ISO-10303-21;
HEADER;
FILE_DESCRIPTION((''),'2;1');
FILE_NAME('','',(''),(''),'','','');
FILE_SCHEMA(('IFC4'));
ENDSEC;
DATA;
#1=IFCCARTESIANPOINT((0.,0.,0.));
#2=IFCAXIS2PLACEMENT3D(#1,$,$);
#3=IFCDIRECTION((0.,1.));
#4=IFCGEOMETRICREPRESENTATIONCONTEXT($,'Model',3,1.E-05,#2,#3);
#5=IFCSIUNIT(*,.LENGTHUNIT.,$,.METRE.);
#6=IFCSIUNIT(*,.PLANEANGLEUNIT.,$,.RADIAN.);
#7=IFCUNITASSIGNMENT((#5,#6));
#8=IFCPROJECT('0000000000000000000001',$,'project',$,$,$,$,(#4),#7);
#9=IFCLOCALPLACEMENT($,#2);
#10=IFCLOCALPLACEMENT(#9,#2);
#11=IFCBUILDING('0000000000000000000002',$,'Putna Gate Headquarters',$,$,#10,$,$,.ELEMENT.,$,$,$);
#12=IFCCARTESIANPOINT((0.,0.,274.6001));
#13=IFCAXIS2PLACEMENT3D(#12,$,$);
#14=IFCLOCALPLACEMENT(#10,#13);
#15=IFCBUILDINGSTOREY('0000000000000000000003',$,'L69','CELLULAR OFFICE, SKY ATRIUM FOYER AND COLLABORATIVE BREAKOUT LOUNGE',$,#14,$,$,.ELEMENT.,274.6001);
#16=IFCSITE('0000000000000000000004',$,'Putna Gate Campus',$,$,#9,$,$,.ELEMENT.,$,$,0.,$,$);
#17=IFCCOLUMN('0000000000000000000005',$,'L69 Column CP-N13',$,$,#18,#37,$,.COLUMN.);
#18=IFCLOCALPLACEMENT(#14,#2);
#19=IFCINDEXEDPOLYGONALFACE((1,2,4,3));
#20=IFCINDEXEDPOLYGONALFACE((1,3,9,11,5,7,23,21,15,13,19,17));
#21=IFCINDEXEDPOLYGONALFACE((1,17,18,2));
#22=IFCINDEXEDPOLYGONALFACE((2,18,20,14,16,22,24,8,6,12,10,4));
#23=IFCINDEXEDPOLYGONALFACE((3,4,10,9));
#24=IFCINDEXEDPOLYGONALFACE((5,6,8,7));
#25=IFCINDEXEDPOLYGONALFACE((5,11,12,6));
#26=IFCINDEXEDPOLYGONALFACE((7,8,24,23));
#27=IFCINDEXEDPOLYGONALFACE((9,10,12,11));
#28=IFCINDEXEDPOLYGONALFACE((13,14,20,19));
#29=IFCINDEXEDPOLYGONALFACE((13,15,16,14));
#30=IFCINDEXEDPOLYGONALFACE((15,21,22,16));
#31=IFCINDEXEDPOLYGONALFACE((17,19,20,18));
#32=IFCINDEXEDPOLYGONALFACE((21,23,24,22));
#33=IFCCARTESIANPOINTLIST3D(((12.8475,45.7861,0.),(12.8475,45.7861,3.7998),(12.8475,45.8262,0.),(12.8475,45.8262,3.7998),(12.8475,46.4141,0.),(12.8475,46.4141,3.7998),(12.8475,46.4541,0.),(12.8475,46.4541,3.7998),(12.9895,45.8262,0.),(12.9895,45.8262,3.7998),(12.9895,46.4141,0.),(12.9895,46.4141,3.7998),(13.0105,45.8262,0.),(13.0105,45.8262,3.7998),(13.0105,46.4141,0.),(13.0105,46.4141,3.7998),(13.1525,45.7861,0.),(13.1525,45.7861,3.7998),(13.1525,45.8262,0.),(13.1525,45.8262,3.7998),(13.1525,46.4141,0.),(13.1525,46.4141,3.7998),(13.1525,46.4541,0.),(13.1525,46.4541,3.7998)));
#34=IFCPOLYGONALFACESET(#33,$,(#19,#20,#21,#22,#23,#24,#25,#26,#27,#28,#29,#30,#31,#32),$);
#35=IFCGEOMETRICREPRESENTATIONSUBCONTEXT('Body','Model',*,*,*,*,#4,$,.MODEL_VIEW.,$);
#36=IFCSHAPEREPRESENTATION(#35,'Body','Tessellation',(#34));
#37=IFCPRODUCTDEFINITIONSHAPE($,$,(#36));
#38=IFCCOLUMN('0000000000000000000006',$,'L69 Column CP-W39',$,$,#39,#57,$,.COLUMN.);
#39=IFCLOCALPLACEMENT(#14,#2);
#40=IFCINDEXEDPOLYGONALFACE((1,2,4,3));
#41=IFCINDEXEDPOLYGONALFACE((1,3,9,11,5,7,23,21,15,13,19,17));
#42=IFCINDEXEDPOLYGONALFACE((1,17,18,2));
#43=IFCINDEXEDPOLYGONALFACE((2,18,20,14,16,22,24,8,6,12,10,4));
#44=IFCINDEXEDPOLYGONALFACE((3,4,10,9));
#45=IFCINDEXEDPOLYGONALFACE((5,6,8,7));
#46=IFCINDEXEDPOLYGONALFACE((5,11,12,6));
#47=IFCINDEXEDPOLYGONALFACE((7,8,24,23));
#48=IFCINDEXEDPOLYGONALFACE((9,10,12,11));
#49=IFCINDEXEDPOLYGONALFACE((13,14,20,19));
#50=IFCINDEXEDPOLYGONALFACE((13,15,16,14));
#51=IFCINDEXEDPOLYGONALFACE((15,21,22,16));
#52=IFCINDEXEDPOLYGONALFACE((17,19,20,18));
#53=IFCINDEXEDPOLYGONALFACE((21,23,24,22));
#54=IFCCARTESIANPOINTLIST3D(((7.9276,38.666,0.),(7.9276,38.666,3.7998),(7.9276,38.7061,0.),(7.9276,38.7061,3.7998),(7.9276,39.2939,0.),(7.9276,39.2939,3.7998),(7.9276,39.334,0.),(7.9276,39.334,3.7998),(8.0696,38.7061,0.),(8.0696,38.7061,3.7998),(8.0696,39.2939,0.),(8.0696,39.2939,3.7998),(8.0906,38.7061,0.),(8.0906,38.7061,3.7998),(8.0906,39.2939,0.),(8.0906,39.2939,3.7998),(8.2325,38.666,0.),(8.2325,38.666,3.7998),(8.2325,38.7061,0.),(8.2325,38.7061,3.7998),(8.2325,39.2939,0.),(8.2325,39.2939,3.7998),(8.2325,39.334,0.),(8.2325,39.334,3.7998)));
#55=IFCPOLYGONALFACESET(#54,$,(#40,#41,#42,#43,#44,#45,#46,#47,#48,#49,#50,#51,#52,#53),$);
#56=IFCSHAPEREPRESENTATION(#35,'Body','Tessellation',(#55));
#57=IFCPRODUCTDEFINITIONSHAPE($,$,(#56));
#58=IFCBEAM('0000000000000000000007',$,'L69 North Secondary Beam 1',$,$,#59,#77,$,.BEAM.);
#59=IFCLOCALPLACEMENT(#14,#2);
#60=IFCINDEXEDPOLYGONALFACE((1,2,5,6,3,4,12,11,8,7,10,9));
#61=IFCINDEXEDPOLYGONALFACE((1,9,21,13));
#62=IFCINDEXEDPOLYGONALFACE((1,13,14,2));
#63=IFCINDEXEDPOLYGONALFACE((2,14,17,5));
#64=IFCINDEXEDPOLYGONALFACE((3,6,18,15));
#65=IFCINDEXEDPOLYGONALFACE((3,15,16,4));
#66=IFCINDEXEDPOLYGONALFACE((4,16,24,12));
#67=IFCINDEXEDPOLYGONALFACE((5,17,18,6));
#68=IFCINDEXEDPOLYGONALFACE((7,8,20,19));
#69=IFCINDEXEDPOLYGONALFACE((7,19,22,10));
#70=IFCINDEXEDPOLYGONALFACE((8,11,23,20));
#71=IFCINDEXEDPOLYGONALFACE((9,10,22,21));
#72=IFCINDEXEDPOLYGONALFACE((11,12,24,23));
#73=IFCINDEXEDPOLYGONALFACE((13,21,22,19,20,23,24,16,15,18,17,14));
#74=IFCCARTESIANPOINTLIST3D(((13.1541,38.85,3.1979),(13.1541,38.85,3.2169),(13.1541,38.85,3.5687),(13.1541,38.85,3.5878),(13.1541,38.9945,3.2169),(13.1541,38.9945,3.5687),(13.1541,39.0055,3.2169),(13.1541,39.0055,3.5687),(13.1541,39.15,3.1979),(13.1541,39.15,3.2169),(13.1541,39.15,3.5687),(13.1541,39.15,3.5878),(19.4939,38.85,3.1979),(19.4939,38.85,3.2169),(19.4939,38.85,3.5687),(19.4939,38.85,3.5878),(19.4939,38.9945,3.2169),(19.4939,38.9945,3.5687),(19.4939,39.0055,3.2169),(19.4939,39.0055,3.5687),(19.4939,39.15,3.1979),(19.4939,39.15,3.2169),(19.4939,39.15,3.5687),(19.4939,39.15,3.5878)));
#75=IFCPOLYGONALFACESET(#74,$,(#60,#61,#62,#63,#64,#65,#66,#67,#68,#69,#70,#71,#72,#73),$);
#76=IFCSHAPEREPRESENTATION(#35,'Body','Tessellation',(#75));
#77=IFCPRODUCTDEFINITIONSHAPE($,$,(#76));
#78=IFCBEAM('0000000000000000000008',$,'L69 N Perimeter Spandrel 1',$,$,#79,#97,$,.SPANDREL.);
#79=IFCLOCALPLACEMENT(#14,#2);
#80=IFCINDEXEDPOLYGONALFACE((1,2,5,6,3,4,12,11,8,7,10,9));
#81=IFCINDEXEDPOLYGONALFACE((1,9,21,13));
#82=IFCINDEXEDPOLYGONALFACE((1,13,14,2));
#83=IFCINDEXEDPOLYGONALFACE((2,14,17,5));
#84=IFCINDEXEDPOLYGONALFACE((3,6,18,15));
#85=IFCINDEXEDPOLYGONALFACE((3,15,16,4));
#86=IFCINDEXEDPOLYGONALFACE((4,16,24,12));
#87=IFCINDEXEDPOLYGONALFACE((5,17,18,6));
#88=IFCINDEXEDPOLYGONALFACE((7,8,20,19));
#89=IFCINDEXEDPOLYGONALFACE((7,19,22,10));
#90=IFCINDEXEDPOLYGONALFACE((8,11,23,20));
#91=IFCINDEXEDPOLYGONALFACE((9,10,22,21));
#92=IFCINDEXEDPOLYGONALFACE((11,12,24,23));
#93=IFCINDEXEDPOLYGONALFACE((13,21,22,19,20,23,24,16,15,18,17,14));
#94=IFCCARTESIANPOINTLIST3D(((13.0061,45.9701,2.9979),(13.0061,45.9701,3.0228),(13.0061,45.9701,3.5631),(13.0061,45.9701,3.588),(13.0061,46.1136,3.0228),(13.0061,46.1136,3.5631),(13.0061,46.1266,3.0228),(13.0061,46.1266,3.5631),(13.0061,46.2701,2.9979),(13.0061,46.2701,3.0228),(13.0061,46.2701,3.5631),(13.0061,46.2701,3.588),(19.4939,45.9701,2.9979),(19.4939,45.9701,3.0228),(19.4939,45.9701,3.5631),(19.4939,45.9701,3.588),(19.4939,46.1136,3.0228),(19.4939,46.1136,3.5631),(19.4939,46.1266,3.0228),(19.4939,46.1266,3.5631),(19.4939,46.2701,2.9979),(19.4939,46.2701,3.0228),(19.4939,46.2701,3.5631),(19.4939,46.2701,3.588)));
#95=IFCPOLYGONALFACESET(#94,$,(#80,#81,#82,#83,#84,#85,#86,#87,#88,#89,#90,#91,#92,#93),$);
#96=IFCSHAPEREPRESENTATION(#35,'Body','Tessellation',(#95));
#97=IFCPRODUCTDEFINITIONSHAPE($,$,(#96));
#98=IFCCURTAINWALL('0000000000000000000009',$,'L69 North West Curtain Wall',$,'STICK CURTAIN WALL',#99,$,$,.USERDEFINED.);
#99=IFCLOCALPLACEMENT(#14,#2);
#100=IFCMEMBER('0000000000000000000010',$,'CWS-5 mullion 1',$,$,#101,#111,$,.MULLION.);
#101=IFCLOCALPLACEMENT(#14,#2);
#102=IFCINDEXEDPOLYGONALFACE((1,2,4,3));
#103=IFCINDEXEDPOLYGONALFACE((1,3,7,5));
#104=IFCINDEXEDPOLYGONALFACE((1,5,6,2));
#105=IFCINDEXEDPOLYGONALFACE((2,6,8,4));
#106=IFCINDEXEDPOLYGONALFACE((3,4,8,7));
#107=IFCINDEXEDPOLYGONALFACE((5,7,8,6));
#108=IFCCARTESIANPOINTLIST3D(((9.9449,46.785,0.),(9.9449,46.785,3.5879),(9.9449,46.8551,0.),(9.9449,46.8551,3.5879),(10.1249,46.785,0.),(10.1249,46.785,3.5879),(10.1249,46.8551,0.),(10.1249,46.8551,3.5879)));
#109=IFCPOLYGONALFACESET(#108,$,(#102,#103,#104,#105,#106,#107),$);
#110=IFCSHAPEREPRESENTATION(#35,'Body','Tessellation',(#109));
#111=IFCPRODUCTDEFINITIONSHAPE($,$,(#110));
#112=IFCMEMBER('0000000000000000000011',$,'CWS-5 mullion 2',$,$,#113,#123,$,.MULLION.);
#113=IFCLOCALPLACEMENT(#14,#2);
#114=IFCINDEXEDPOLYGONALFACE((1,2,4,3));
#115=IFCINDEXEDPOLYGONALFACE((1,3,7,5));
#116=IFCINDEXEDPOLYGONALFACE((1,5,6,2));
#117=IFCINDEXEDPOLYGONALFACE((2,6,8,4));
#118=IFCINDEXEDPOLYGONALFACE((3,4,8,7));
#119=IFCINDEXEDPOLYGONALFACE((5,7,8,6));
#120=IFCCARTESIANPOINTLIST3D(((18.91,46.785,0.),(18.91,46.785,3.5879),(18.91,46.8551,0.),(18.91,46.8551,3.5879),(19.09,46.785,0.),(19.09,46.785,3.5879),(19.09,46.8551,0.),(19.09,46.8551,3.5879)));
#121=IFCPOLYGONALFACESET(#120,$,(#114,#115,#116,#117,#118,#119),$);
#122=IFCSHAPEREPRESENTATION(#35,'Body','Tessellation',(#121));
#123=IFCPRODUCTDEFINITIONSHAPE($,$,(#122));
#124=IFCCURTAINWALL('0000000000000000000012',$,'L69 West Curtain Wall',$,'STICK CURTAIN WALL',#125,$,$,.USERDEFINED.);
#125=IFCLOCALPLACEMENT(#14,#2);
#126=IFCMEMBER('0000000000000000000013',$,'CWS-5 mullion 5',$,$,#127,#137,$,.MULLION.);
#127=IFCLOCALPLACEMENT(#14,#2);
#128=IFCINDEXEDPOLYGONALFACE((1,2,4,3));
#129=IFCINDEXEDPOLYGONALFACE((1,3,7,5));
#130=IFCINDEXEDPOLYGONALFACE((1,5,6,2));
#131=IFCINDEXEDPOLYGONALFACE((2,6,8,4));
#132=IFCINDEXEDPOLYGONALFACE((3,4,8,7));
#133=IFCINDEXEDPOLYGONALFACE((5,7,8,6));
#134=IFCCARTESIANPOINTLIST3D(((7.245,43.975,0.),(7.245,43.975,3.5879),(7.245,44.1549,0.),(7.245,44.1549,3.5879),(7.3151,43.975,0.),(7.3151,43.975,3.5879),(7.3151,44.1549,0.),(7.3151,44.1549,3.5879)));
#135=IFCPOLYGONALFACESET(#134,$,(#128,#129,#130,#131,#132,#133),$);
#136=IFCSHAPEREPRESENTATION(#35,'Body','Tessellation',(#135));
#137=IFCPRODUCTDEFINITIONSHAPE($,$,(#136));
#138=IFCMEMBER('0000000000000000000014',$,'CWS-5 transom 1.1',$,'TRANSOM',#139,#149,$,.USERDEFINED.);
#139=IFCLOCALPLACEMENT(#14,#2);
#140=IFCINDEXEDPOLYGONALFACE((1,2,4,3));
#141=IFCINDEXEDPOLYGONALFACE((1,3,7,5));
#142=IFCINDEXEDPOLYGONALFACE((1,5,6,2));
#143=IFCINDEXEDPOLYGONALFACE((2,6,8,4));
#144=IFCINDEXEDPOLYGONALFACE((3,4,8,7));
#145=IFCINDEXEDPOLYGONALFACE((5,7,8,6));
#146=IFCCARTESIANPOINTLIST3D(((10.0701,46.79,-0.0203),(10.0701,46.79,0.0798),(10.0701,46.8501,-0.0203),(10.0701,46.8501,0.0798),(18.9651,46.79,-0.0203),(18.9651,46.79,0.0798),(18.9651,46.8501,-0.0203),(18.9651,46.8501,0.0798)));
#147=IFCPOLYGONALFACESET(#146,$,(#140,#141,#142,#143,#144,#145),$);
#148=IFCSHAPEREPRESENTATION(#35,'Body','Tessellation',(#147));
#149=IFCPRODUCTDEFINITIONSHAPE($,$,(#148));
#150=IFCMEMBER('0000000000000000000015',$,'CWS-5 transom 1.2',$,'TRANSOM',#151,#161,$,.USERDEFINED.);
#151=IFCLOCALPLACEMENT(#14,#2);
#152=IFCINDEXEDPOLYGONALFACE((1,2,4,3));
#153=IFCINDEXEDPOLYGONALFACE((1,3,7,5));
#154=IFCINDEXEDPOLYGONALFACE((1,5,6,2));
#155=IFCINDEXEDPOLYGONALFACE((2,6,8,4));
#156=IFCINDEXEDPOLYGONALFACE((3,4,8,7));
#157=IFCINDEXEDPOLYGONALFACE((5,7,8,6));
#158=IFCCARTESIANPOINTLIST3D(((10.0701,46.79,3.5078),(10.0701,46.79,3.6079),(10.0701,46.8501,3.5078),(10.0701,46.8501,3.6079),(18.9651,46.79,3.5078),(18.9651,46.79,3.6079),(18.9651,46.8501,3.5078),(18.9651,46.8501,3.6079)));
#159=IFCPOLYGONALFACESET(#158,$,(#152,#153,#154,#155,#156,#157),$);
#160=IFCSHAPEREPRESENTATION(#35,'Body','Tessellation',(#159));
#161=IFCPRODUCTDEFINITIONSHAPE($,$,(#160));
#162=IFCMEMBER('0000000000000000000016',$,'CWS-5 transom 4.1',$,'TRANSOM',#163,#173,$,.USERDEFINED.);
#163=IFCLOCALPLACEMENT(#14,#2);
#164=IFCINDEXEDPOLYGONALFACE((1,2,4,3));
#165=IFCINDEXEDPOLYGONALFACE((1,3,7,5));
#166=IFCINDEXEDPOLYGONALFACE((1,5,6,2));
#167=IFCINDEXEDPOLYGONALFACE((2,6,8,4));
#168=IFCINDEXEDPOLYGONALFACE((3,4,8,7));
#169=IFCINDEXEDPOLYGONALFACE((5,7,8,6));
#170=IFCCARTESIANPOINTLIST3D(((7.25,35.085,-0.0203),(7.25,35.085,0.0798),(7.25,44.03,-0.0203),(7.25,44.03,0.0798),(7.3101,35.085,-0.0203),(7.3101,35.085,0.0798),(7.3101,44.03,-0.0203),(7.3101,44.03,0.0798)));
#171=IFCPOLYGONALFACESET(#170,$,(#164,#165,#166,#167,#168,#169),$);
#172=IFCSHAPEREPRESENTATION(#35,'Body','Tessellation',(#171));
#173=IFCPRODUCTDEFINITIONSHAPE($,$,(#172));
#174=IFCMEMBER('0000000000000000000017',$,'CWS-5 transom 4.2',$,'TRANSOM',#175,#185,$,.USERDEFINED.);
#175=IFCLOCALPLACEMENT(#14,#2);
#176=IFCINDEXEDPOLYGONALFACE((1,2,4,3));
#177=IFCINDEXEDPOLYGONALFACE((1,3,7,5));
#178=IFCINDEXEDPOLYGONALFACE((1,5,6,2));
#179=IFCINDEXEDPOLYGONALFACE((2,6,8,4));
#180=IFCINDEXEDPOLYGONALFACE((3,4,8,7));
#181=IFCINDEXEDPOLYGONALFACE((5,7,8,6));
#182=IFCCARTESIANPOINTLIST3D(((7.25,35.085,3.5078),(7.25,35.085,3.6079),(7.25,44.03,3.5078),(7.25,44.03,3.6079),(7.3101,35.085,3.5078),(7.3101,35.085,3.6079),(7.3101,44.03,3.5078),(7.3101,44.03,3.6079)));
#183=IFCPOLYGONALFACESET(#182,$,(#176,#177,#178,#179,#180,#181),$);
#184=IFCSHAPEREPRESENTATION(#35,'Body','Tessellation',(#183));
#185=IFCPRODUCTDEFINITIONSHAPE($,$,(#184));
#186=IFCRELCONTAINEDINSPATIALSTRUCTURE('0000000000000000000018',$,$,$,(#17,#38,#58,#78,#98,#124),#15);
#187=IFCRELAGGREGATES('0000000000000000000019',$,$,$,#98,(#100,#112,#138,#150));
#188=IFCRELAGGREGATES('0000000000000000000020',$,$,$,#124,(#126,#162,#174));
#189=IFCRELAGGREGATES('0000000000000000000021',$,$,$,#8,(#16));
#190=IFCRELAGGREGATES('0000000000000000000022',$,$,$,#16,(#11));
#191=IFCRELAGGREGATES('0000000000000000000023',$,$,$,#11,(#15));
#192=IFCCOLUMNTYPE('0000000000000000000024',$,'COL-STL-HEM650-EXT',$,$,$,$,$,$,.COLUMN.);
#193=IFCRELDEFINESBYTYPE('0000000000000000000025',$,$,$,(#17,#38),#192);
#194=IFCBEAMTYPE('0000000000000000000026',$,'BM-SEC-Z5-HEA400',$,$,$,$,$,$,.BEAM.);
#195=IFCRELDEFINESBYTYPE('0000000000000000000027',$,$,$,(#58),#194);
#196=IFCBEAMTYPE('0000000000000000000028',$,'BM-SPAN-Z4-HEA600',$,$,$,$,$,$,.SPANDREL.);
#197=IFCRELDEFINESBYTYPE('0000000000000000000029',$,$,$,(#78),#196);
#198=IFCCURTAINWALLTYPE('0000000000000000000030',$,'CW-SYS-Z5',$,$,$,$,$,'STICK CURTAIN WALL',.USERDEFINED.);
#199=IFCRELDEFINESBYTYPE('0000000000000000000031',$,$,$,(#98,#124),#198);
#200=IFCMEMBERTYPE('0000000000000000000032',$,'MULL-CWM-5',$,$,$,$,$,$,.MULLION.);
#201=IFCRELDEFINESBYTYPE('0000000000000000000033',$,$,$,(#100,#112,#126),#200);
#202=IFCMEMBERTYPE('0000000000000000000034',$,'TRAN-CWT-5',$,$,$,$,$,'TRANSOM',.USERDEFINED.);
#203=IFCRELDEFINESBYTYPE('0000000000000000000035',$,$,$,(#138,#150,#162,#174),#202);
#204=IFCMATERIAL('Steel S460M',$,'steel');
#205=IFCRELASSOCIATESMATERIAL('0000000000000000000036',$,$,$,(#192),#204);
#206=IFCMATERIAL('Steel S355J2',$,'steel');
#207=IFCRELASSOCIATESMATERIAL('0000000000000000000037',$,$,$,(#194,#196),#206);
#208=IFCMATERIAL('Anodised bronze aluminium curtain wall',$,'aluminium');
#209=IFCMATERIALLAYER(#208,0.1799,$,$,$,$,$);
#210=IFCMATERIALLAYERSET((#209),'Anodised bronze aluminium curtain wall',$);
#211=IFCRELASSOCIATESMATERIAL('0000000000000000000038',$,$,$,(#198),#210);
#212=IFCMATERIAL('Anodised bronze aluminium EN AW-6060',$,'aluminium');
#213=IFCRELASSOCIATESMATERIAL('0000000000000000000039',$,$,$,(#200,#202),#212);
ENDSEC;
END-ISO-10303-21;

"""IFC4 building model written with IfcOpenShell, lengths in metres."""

from ifc_helpers import new_model, si_unit, direction, frame, origin, origin_2d, place, context, subcontext, project, spatial, rectangle, i_section, extrude, material, layer, layer_set, material_profile, profile_set, type_object, element, aggregate, save


model = new_model("IFC4")

# Units and contexts
model_context = context("Model", 3, precision=1e-05, world=origin(), true_north=direction((0.0, 1.0)))
body_context = subcontext(model_context, "Body", "Model", "MODEL_VIEW")
ifc_project = project(units=[si_unit("LENGTHUNIT", "METRE"), si_unit("PLANEANGLEUNIT", "RADIAN")], contexts=[model_context])

# Site, building, storey
site_placement = place(None, origin())
site = spatial("IfcSite", under=ifc_project, at=site_placement, Name="Putna Gate Campus", CompositionType="ELEMENT", RefElevation=0.0)
building_placement = place(site_placement, origin())
building = spatial("IfcBuilding", under=site, at=building_placement, Name="Putna Gate Headquarters", CompositionType="ELEMENT")
storey_placement = place(building_placement, frame((0.0, 0.0, 274.6001)))
storey = spatial("IfcBuildingStorey", under=building, at=storey_placement, Name="L69", Description="CELLULAR OFFICE, SKY ATRIUM FOYER AND COLLABORATIVE BREAKOUT LOUNGE", CompositionType="ELEMENT", Elevation=274.6001)

# Columns
ifc_material_1 = material(Name="Steel S460M", Category="steel")
ifc_material_profile_1 = material_profile(ifc_material_1, i_section(OverallWidth=0.3049, OverallDepth=0.668, WebThickness=0.021, FlangeThickness=0.04, at=origin_2d()), Name="Steel S460M")
ifc_profile_set_1 = profile_set([ifc_material_profile_1], Name="Steel S460M")
column_type = type_object("IfcColumnType", Name="COL-STL-HEM650-EXT", PredefinedType="COLUMN", material=ifc_profile_set_1)
for number, where, z_axis, x_axis, name in (
    (1, (13.0, 46.1201, 0.0), (0.0, 0.0, 1.0), (1.0, 0.0, 0.0), "L69 Column CP-N13"),
    (2, (8.0801, 39.0, 0.0), (0.0, 0.0, 1.0), (1.0, 0.0, 0.0), "L69 Column CP-W39"),
):
    element("IfcColumn", number, at=place(storey_placement, frame(where, z_axis=z_axis, x_axis=x_axis)), inside=storey, type_object=column_type, Name=name, PredefinedType="COLUMN", context=body_context, shape_type="SweptSolid", body=[
        extrude(i_section(OverallWidth=0.3049, OverallDepth=0.668, WebThickness=0.021, FlangeThickness=0.04, at=origin_2d()), origin(), (0.0, 0.0, 1.0), 3.7998),
    ])

# Beams
ifc_material_2 = material(Name="Steel S355J2", Category="steel")
ifc_material_profile_2 = material_profile(ifc_material_2, i_section(OverallWidth=0.3, OverallDepth=0.3899, WebThickness=0.011, FlangeThickness=0.019, at=origin_2d()), Name="Steel S355J2")
ifc_profile_set_2 = profile_set([ifc_material_profile_2], Name="Steel S355J2")
beam_type_1 = type_object("IfcBeamType", Name="BM-SEC-Z5-HEA400", PredefinedType="BEAM", material=ifc_profile_set_2)
beam_1_placement = place(storey_placement, frame((13.1541, 39.0, 3.3928), z_axis=(1.0, 0.0, 0.0), x_axis=(0.0, 1.0, 0.0)))
element("IfcBeam", 3, at=beam_1_placement, inside=storey, type_object=beam_type_1, Name="L69 North Secondary Beam 1", PredefinedType="BEAM", context=body_context, shape_type="SweptSolid", body=[
    extrude(i_section(OverallWidth=0.3, OverallDepth=0.3899, WebThickness=0.011, FlangeThickness=0.019, at=origin_2d()), origin(), (0.0, 0.0, 1.0), 6.3398),
])
ifc_material_profile_3 = material_profile(ifc_material_2, i_section(OverallWidth=0.3, OverallDepth=0.5901, WebThickness=0.0129, FlangeThickness=0.0249, at=origin_2d()), Name="Steel S355J2")
ifc_profile_set_3 = profile_set([ifc_material_profile_3], Name="Steel S355J2")
beam_type_2 = type_object("IfcBeamType", Name="BM-SPAN-Z4-HEA600", PredefinedType="SPANDREL", material=ifc_profile_set_3)
beam_2_placement = place(storey_placement, frame((13.0061, 46.1201, 3.293), z_axis=(1.0, 0.0, 0.0), x_axis=(0.0, 1.0, 0.0)))
element("IfcBeam", 4, at=beam_2_placement, inside=storey, type_object=beam_type_2, Name="L69 N Perimeter Spandrel 1", PredefinedType="SPANDREL", context=body_context, shape_type="SweptSolid", body=[
    extrude(i_section(OverallWidth=0.3, OverallDepth=0.5901, WebThickness=0.0129, FlangeThickness=0.0249, at=origin_2d()), origin(), (0.0, 0.0, 1.0), 6.4878),
])

# Curtain wall, members
ifc_material_3 = material(Name="Anodised bronze aluminium curtain wall", Category="aluminium")
ifc_layer_1 = layer(ifc_material_3, 0.1799)
ifc_layer_set_1 = layer_set([ifc_layer_1], Name="Anodised bronze aluminium curtain wall")
curtain_wall_type = type_object("IfcCurtainWallType", Name="CW-SYS-Z5", ElementType="STICK CURTAIN WALL", PredefinedType="USERDEFINED", material=ifc_layer_set_1)
curtain_wall_1_placement = place(storey_placement, origin())
curtain_wall_1 = element("IfcCurtainWall", 5, at=curtain_wall_1_placement, inside=storey, type_object=curtain_wall_type, Name="L69 North West Curtain Wall", ObjectType="STICK CURTAIN WALL", PredefinedType="USERDEFINED")
ifc_material_4 = material(Name="Anodised bronze aluminium EN AW-6060", Category="aluminium")
ifc_material_profile_4 = material_profile(ifc_material_4, rectangle(XDim=0.0701, YDim=0.1799, at=origin_2d()), Name="Anodised bronze aluminium EN AW-6060")
ifc_profile_set_4 = profile_set([ifc_material_profile_4], Name="Anodised bronze aluminium EN AW-6060")
member_type_1 = type_object("IfcMemberType", Name="MULL-CWM-5", PredefinedType="MULLION", material=ifc_profile_set_4)
member_1_placement = place(storey_placement, frame((10.0349, 46.8201, 0.0), z_axis=(0.0, 0.0, 1.0), x_axis=(0.0, 1.0, 0.0)))
member_1 = element("IfcMember", 6, at=member_1_placement, type_object=member_type_1, Name="CWS-5 mullion 1", PredefinedType="MULLION", context=body_context, shape_type="SweptSolid", body=[
    extrude(rectangle(XDim=0.0701, YDim=0.1799, at=origin_2d()), origin(), (0.0, 0.0, 1.0), 3.5879),
])
member_2_placement = place(storey_placement, frame((19.0, 46.8201, 0.0), z_axis=(0.0, 0.0, 1.0), x_axis=(0.0, 1.0, 0.0)))
member_2 = element("IfcMember", 7, at=member_2_placement, type_object=member_type_1, Name="CWS-5 mullion 2", PredefinedType="MULLION", context=body_context, shape_type="SweptSolid", body=[
    extrude(rectangle(XDim=0.0701, YDim=0.1799, at=origin_2d()), origin(), (0.0, 0.0, 1.0), 3.5879),
])

# Curtain wall, member
curtain_wall_2_placement = place(storey_placement, origin())
curtain_wall_2 = element("IfcCurtainWall", 8, at=curtain_wall_2_placement, inside=storey, type_object=curtain_wall_type, Name="L69 West Curtain Wall", ObjectType="STICK CURTAIN WALL", PredefinedType="USERDEFINED")
member_3_placement = place(storey_placement, frame((7.28, 44.0649, 0.0), z_axis=(0.0, 0.0, 1.0), x_axis=(-1.0, 0.0, 0.0)))
member_3 = element("IfcMember", 9, at=member_3_placement, type_object=member_type_1, Name="CWS-5 mullion 5", PredefinedType="MULLION", context=body_context, shape_type="SweptSolid", body=[
    extrude(rectangle(XDim=0.0701, YDim=0.1799, at=origin_2d()), origin(), (0.0, 0.0, 1.0), 3.5879),
])

# Members
ifc_material_profile_5 = material_profile(ifc_material_4, rectangle(XDim=0.0601, YDim=0.1001, at=origin_2d()), Name="Anodised bronze aluminium EN AW-6060")
ifc_profile_set_5 = profile_set([ifc_material_profile_5], Name="Anodised bronze aluminium EN AW-6060")
member_type_2 = type_object("IfcMemberType", Name="TRAN-CWT-5", ElementType="TRANSOM", PredefinedType="USERDEFINED", material=ifc_profile_set_5)
member_4_placement = place(storey_placement, frame((10.0701, 46.8201, 0.0298), z_axis=(1.0, 0.0, 0.0), x_axis=(0.0, 1.0, 0.0)))
member_4 = element("IfcMember", 10, at=member_4_placement, type_object=member_type_2, Name="CWS-5 transom 1.1", ObjectType="TRANSOM", PredefinedType="USERDEFINED", context=body_context, shape_type="SweptSolid", body=[
    extrude(rectangle(XDim=0.0601, YDim=0.1001, at=origin_2d()), origin(), (0.0, 0.0, 1.0), 8.895),
])
member_5_placement = place(storey_placement, frame((10.0701, 46.8201, 3.5579), z_axis=(1.0, 0.0, 0.0), x_axis=(0.0, 1.0, 0.0)))
member_5 = element("IfcMember", 11, at=member_5_placement, type_object=member_type_2, Name="CWS-5 transom 1.2", ObjectType="TRANSOM", PredefinedType="USERDEFINED", context=body_context, shape_type="SweptSolid", body=[
    extrude(rectangle(XDim=0.0601, YDim=0.1001, at=origin_2d()), origin(), (0.0, 0.0, 1.0), 8.895),
])
member_6_placement = place(storey_placement, frame((7.28, 35.085, 0.0298), z_axis=(0.0, 1.0, 0.0), x_axis=(-1.0, 0.0, 0.0)))
member_6 = element("IfcMember", 12, at=member_6_placement, type_object=member_type_2, Name="CWS-5 transom 4.1", ObjectType="TRANSOM", PredefinedType="USERDEFINED", context=body_context, shape_type="SweptSolid", body=[
    extrude(rectangle(XDim=0.0601, YDim=0.1001, at=origin_2d()), origin(), (0.0, 0.0, 1.0), 8.9451),
])
member_7_placement = place(storey_placement, frame((7.28, 35.085, 3.5579), z_axis=(0.0, 1.0, 0.0), x_axis=(-1.0, 0.0, 0.0)))
member_7 = element("IfcMember", 13, at=member_7_placement, type_object=member_type_2, Name="CWS-5 transom 4.2", ObjectType="TRANSOM", PredefinedType="USERDEFINED", context=body_context, shape_type="SweptSolid", body=[
    extrude(rectangle(XDim=0.0601, YDim=0.1001, at=origin_2d()), origin(), (0.0, 0.0, 1.0), 8.9451),
])

aggregate(curtain_wall_1, [member_1, member_2, member_4, member_5])
aggregate(curtain_wall_2, [member_3, member_6, member_7])

save(model, "model.ifc")
